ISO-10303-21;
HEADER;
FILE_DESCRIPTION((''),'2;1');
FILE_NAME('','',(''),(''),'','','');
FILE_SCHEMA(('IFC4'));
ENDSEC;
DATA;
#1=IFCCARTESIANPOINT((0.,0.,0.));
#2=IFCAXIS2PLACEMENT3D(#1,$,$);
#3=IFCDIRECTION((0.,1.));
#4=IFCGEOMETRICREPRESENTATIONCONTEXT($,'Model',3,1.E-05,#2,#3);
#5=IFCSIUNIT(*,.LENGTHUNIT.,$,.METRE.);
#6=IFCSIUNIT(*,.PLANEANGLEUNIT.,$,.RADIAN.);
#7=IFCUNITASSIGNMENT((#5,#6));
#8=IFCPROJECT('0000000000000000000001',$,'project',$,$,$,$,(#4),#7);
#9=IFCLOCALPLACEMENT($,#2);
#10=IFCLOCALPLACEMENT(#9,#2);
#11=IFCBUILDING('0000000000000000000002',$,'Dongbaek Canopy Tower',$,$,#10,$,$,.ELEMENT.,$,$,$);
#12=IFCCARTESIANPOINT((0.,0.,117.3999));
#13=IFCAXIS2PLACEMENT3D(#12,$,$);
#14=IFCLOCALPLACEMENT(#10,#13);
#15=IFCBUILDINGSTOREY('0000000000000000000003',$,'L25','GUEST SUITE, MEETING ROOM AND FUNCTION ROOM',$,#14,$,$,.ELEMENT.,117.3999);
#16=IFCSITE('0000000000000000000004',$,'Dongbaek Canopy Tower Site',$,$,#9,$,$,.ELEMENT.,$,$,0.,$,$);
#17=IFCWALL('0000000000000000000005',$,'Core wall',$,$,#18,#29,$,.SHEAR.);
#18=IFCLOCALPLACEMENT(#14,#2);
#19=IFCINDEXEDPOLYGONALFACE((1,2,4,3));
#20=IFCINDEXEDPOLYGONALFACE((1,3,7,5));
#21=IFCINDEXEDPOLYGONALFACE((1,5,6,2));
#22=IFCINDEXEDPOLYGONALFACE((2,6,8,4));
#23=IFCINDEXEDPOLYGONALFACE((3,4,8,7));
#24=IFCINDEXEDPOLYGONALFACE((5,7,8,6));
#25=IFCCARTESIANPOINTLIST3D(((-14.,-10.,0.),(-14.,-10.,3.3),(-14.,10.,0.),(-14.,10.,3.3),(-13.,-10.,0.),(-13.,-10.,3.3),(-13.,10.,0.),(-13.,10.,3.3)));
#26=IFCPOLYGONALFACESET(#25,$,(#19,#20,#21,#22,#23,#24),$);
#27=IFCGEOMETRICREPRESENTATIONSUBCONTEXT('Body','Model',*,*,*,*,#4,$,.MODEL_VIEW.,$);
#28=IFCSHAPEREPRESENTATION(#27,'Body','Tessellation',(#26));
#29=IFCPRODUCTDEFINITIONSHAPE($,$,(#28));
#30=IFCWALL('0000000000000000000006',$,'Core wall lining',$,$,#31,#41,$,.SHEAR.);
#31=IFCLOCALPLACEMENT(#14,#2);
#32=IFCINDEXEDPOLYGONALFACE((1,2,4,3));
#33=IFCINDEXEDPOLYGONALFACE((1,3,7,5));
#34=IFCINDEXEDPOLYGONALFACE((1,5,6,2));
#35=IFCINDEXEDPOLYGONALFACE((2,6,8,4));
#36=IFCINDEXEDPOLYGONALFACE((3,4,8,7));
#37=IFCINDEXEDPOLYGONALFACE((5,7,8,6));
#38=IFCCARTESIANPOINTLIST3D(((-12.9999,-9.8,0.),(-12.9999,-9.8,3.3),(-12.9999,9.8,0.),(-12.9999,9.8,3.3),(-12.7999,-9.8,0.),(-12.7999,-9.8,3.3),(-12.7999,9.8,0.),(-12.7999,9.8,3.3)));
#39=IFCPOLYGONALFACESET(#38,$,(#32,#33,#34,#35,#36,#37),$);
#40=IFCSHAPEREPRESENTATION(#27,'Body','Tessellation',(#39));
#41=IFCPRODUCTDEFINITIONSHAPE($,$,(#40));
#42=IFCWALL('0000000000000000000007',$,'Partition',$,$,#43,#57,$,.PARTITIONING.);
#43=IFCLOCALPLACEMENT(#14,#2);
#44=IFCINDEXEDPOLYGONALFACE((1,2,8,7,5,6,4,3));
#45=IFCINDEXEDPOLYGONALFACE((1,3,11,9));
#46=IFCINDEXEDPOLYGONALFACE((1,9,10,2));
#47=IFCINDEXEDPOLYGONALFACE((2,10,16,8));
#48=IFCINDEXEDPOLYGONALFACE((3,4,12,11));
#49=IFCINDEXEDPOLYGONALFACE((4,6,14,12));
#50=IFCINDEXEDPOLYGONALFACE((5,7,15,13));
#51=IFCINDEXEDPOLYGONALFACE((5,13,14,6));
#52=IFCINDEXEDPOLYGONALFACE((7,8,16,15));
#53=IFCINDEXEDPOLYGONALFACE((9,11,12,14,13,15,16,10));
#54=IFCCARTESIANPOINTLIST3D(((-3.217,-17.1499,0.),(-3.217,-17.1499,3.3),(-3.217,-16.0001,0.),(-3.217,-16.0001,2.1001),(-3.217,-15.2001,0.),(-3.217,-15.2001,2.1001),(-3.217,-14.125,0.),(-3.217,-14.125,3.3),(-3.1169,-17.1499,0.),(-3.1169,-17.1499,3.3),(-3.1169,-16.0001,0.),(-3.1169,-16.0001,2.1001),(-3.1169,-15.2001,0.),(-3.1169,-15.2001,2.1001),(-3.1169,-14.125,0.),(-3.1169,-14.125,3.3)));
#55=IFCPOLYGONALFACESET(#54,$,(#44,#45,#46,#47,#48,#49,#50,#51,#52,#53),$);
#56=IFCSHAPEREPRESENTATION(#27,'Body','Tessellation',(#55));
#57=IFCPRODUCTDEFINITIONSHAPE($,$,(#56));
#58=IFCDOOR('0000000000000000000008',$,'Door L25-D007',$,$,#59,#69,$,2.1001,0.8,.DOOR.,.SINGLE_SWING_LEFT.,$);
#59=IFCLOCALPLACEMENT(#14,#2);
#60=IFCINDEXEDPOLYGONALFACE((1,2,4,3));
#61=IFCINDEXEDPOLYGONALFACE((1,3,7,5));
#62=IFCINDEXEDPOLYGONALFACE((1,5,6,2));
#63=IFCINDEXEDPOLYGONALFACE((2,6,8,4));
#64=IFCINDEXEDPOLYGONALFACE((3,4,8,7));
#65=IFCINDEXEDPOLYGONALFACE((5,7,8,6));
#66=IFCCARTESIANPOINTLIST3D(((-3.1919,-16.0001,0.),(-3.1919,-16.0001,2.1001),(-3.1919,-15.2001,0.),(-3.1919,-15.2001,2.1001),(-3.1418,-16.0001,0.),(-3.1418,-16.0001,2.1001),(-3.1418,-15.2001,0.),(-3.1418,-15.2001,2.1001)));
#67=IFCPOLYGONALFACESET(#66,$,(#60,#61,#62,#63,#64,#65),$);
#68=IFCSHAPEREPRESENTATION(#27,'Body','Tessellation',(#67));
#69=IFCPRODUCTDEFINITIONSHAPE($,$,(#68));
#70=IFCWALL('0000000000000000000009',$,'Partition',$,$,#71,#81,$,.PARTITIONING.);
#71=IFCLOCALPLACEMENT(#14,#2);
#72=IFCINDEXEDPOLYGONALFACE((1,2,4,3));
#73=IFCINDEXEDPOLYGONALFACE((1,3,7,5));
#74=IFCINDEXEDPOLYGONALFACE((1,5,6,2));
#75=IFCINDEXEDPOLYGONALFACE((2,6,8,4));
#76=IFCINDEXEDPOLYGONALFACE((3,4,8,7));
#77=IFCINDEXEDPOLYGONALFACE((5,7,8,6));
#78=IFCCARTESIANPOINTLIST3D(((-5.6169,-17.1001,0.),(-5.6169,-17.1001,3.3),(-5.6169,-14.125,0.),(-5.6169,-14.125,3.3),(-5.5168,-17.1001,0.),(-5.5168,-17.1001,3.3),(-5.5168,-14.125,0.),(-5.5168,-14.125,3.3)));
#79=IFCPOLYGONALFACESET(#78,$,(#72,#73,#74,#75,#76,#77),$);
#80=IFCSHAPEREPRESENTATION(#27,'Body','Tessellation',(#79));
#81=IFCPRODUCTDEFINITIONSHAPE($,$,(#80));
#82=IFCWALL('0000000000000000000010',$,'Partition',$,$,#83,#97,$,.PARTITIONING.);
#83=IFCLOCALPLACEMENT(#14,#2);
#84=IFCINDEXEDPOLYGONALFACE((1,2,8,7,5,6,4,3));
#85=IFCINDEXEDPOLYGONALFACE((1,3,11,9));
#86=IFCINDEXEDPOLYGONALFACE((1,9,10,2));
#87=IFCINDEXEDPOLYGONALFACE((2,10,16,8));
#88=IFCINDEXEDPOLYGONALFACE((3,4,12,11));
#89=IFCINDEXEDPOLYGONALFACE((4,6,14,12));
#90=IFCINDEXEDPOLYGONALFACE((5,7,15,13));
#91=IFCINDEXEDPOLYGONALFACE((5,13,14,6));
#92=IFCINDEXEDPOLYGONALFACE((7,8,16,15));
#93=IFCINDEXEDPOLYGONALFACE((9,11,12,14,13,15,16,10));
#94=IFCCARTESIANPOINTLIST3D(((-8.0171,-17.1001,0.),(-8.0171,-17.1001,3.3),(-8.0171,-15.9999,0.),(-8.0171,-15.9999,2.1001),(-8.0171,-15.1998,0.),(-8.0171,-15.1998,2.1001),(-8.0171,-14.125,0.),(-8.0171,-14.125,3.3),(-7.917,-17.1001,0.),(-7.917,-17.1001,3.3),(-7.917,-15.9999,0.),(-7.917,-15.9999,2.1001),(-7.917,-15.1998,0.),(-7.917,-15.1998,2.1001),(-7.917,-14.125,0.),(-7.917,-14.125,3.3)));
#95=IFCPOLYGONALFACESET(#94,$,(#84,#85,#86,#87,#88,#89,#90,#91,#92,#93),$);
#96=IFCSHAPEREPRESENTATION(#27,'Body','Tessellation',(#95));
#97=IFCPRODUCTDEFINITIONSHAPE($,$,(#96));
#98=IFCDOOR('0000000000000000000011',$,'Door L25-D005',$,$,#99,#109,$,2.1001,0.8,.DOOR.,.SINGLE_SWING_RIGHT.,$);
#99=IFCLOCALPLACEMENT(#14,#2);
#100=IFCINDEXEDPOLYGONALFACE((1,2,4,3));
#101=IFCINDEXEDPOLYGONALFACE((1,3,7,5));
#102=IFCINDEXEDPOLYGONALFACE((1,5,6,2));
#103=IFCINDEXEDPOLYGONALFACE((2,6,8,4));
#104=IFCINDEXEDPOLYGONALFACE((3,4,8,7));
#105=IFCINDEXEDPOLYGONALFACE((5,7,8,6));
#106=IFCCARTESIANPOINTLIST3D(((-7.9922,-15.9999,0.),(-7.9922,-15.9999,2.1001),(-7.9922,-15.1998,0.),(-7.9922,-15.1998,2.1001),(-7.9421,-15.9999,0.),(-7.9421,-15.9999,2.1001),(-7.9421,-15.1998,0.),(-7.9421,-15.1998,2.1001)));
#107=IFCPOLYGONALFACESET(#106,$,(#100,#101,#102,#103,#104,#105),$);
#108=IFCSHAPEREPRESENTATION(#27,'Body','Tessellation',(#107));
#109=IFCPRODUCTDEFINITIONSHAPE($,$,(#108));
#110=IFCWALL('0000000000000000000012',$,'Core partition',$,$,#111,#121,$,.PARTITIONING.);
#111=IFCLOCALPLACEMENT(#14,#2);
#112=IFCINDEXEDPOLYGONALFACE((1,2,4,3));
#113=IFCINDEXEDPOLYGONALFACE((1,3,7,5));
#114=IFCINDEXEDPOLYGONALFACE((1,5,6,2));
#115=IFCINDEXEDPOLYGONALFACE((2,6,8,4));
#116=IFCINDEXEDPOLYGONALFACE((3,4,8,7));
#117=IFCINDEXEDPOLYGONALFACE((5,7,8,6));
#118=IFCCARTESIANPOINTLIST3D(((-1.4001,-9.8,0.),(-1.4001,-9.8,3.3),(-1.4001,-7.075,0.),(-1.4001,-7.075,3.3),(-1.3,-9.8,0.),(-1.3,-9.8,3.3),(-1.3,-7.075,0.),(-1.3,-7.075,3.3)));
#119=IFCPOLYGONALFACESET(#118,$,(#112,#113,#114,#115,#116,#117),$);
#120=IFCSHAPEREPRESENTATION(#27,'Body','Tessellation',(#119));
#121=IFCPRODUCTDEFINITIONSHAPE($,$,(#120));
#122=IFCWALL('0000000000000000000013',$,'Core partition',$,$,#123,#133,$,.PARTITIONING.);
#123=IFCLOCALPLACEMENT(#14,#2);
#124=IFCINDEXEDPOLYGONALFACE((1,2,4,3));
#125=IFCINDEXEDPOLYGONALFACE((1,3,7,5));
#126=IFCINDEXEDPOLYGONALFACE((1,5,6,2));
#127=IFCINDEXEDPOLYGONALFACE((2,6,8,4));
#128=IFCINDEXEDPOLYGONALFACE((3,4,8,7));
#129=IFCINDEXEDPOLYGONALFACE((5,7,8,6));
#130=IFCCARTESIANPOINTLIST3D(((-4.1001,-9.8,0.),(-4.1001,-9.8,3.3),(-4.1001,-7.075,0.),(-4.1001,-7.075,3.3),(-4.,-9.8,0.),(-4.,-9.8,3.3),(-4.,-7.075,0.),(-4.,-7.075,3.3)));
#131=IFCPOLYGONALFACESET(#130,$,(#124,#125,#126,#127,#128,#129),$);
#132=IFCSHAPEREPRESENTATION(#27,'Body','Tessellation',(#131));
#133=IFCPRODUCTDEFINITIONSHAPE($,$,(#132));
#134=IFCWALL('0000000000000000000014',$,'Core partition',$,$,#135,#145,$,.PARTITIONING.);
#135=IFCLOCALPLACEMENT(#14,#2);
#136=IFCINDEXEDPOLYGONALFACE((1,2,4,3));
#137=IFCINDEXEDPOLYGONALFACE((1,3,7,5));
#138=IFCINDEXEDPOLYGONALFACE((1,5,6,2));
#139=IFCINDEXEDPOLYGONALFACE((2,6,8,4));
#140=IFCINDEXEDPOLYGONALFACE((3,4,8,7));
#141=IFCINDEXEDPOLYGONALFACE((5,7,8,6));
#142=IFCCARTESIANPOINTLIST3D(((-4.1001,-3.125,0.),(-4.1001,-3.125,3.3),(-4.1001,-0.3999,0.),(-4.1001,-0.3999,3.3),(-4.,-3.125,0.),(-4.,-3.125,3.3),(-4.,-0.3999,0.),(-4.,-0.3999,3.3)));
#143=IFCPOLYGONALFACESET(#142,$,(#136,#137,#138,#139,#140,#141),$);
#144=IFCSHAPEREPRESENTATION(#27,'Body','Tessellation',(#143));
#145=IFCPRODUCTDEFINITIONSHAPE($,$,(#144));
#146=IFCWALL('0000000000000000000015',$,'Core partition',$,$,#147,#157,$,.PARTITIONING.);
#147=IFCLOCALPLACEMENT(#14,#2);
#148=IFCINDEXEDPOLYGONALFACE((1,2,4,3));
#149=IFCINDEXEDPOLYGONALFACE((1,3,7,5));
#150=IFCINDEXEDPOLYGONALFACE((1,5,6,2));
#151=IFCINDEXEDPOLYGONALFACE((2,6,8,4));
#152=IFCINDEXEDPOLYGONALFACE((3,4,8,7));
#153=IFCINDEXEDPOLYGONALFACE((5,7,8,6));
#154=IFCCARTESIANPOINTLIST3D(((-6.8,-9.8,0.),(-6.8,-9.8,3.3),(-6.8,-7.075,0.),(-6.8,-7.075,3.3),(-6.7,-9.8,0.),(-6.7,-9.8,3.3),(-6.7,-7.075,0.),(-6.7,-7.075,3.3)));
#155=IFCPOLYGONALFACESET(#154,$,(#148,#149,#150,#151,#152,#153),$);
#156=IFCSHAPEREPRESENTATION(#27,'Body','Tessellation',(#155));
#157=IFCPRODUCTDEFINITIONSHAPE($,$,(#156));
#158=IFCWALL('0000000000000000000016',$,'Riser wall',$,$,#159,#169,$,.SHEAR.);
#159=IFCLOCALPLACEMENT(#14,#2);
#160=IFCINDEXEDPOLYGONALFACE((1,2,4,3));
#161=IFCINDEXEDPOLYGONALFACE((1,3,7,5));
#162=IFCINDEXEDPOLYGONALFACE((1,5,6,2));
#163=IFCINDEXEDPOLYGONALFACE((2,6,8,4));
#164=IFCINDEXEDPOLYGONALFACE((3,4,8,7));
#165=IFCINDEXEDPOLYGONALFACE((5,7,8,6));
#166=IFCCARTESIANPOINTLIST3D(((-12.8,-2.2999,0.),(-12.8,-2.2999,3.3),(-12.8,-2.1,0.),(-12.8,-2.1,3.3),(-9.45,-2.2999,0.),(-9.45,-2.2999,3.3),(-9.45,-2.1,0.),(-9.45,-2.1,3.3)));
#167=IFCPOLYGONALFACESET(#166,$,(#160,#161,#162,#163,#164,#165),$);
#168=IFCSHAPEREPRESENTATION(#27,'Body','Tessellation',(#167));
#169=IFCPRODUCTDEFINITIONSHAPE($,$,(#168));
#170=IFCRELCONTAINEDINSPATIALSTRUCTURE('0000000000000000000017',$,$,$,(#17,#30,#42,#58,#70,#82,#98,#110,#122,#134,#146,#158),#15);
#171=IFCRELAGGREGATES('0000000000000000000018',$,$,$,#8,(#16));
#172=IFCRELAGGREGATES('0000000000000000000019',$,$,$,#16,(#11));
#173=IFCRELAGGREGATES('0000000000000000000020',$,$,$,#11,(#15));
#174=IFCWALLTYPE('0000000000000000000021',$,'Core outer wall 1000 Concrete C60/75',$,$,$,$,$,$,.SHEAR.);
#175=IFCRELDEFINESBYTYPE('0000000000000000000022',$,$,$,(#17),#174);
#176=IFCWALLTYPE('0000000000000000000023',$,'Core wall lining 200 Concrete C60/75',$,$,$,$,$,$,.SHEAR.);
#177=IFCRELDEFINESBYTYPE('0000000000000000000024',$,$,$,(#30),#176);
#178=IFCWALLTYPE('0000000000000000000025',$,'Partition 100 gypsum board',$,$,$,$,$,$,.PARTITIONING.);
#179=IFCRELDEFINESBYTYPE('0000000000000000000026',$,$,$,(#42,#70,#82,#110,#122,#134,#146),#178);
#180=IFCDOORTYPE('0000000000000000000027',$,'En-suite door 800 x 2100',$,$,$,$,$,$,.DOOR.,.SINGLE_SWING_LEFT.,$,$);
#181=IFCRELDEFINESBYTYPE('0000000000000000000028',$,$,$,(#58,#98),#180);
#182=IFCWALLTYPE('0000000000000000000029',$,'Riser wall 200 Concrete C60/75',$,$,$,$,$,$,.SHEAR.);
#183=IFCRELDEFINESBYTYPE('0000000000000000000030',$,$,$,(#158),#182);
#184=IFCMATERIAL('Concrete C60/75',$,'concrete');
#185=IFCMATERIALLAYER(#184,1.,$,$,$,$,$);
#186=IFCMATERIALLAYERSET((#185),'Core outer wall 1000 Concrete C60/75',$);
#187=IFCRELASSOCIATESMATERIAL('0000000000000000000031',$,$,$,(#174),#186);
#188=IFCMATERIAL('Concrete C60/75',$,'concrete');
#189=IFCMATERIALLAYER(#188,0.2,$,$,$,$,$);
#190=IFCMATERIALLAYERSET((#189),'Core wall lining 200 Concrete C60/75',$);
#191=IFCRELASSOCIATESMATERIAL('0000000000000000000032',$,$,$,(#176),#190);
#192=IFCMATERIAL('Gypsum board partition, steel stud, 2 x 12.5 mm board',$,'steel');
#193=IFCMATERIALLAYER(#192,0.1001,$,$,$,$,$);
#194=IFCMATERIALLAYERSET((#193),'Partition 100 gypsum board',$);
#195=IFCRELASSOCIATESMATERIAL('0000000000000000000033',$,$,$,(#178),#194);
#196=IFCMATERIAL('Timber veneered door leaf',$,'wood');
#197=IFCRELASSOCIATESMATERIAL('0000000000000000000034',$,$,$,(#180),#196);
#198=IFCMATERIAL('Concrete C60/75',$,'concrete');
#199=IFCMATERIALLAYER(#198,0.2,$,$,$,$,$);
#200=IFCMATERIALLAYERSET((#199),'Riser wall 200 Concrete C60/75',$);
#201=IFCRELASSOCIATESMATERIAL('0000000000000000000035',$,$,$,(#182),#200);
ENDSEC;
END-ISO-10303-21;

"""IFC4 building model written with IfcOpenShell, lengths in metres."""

from ifc_helpers import new_model, si_unit, direction, frame, frame_2d, origin, place, context, subcontext, project, spatial, rectangle, extrude, material, layer, layer_set, type_object, element, fill, save


model = new_model("IFC4")

# Units and contexts
model_context = context("Model", 3, precision=1e-05, world=origin(), true_north=direction((0.0, 1.0)))
body_context = subcontext(model_context, "Body", "Model", "MODEL_VIEW")
ifc_project = project(units=[si_unit("LENGTHUNIT", "METRE"), si_unit("PLANEANGLEUNIT", "RADIAN")], contexts=[model_context])

# Site, building, storey
site_placement = place(None, origin())
site = spatial("IfcSite", under=ifc_project, at=site_placement, Name="Dongbaek Canopy Tower Site", CompositionType="ELEMENT", RefElevation=0.0)
building_placement = place(site_placement, origin())
building = spatial("IfcBuilding", under=site, at=building_placement, Name="Dongbaek Canopy Tower", CompositionType="ELEMENT")
storey_placement = place(building_placement, frame((0.0, 0.0, 117.3999)))
storey = spatial("IfcBuildingStorey", under=building, at=storey_placement, Name="L25", Description="GUEST SUITE, MEETING ROOM AND FUNCTION ROOM", CompositionType="ELEMENT", Elevation=117.3999)

# Walls
ifc_material_1 = material(Name="Concrete C60/75", Category="concrete")
ifc_layer_1 = layer(ifc_material_1, 1.0)
ifc_layer_set_1 = layer_set([ifc_layer_1], Name="Core outer wall 1000 Concrete C60/75")
wall_type_1 = type_object("IfcWallType", Name="Core outer wall 1000 Concrete C60/75", PredefinedType="SHEAR", material=ifc_layer_set_1)
wall_1_placement = place(storey_placement, frame((-13.5, -10.0, 0.0), z_axis=(0.0, 0.0, 1.0), x_axis=(0.0, 1.0, 0.0)))
element("IfcWall", 1, at=wall_1_placement, inside=storey, type_object=wall_type_1, Name="Core wall", PredefinedType="SHEAR", context=body_context, shape_type="SweptSolid", body=[
    extrude(rectangle(XDim=20.0, YDim=1.0, at=frame_2d((10.0, 0.0))), origin(), (0.0, 0.0, 1.0), 3.3),
])
ifc_material_2 = material(Name="Concrete C60/75", Category="concrete")
ifc_layer_2 = layer(ifc_material_2, 0.2)
ifc_layer_set_2 = layer_set([ifc_layer_2], Name="Core wall lining 200 Concrete C60/75")
wall_type_2 = type_object("IfcWallType", Name="Core wall lining 200 Concrete C60/75", PredefinedType="SHEAR", material=ifc_layer_set_2)
wall_2_placement = place(storey_placement, frame((-12.8999, -9.8, 0.0), z_axis=(0.0, 0.0, 1.0), x_axis=(0.0, 1.0, 0.0)))
element("IfcWall", 2, at=wall_2_placement, inside=storey, type_object=wall_type_2, Name="Core wall lining", PredefinedType="SHEAR", context=body_context, shape_type="SweptSolid", body=[
    extrude(rectangle(XDim=19.6001, YDim=0.2, at=frame_2d((9.8, 0.0))), origin(), (0.0, 0.0, 1.0), 3.3),
])

# Wall, opening, door
ifc_material_3 = material(Name="Gypsum board partition, steel stud, 2 x 12.5 mm board", Category="steel")
ifc_layer_3 = layer(ifc_material_3, 0.1001)
ifc_layer_set_3 = layer_set([ifc_layer_3], Name="Partition 100 gypsum board")
wall_type_3 = type_object("IfcWallType", Name="Partition 100 gypsum board", PredefinedType="PARTITIONING", material=ifc_layer_set_3)
wall_3_placement = place(storey_placement, frame((-3.167, -17.1499, 0.0), z_axis=(0.0, 0.0, 1.0), x_axis=(0.0, 1.0, 0.0)))
wall_3 = element("IfcWall", 3, at=wall_3_placement, inside=storey, type_object=wall_type_3, Name="Partition", PredefinedType="PARTITIONING", context=body_context, shape_type="SweptSolid", body=[
    extrude(rectangle(XDim=3.0249, YDim=0.1001, at=frame_2d((1.5125, 0.0))), origin(), (0.0, 0.0, 1.0), 3.3),
])
opening_1_placement = place(wall_3_placement, frame((1.1499, 0.0, 0.0)))
opening_1 = element("IfcOpeningElement", 4, at=opening_1_placement, cuts=wall_3, PredefinedType="OPENING", context=body_context, shape_type="SweptSolid", body=[
    extrude(rectangle(XDim=0.8, YDim=2.1001, at=frame_2d((0.3999, 1.05))), frame((0.0, 0.0601, 0.0), z_axis=(0.0, -1.0, 0.0), x_axis=(1.0, 0.0, 0.0)), (0.0, 0.0, 1.0), 0.1201),
])
ifc_material_4 = material(Name="Timber veneered door leaf", Category="wood")
door_type_1 = type_object("IfcDoorType", Name="En-suite door 800 x 2100", OperationType="SINGLE_SWING_LEFT", PredefinedType="DOOR", material=ifc_material_4)
door_1_placement = place(opening_1_placement, origin())
door_1 = element("IfcDoor", 5, at=door_1_placement, inside=storey, type_object=door_type_1, Name="Door L25-D007", OperationType="SINGLE_SWING_LEFT", OverallHeight=2.1001, OverallWidth=0.8, PredefinedType="DOOR", context=body_context, shape_type="SweptSolid", body=[
    extrude(rectangle(XDim=0.8, YDim=2.1001, at=frame_2d((0.3999, 1.05))), frame((0.0, 0.0249, 0.0), z_axis=(0.0, -1.0, 0.0), x_axis=(1.0, 0.0, 0.0)), (0.0, 0.0, 1.0), 0.05),
])
fill(opening_1, door_1)

# Wall
wall_4_placement = place(storey_placement, frame((-5.5669, -17.1001, 0.0), z_axis=(0.0, 0.0, 1.0), x_axis=(0.0, 1.0, 0.0)))
element("IfcWall", 6, at=wall_4_placement, inside=storey, type_object=wall_type_3, Name="Partition", PredefinedType="PARTITIONING", context=body_context, shape_type="SweptSolid", body=[
    extrude(rectangle(XDim=2.9751, YDim=0.1001, at=frame_2d((1.4875, 0.0))), origin(), (0.0, 0.0, 1.0), 3.3),
])

# Wall, opening, door
wall_5_placement = place(storey_placement, frame((-7.967, -14.125, 0.0), z_axis=(0.0, 0.0, 1.0), x_axis=(0.0, -1.0, 0.0)))
wall_5 = element("IfcWall", 7, at=wall_5_placement, inside=storey, type_object=wall_type_3, Name="Partition", PredefinedType="PARTITIONING", context=body_context, shape_type="SweptSolid", body=[
    extrude(rectangle(XDim=2.9751, YDim=0.1001, at=frame_2d((1.4875, 0.0))), origin(), (0.0, 0.0, 1.0), 3.3),
])
opening_2_placement = place(wall_5_placement, frame((1.075, 0.0, 0.0)))
opening_2 = element("IfcOpeningElement", 8, at=opening_2_placement, cuts=wall_5, PredefinedType="OPENING", context=body_context, shape_type="SweptSolid", body=[
    extrude(rectangle(XDim=0.8, YDim=2.1001, at=frame_2d((0.3999, 1.05))), frame((0.0, 0.0601, 0.0), z_axis=(0.0, -1.0, 0.0), x_axis=(1.0, 0.0, 0.0)), (0.0, 0.0, 1.0), 0.1201),
])
door_2_placement = place(opening_2_placement, origin())
door_2 = element("IfcDoor", 9, at=door_2_placement, inside=storey, type_object=door_type_1, Name="Door L25-D005", OperationType="SINGLE_SWING_RIGHT", OverallHeight=2.1001, OverallWidth=0.8, PredefinedType="DOOR", context=body_context, shape_type="SweptSolid", body=[
    extrude(rectangle(XDim=0.8, YDim=2.1001, at=frame_2d((0.3999, 1.05))), frame((0.0, 0.0249, 0.0), z_axis=(0.0, -1.0, 0.0), x_axis=(1.0, 0.0, 0.0)), (0.0, 0.0, 1.0), 0.05),
])
fill(opening_2, door_2)

# Walls
for number, where, z_axis, x_axis, name in (
    (10, (-1.3501, -9.8, 0.0), (0.0, 0.0, 1.0), (0.0, 1.0, 0.0), "Core partition"),
    (11, (-4.05, -9.8, 0.0), (0.0, 0.0, 1.0), (0.0, 1.0, 0.0), "Core partition"),
    (12, (-4.05, -3.125, 0.0), (0.0, 0.0, 1.0), (0.0, 1.0, 0.0), "Core partition"),
    (13, (-6.75, -9.8, 0.0), (0.0, 0.0, 1.0), (0.0, 1.0, 0.0), "Core partition"),
):
    element("IfcWall", number, at=place(storey_placement, frame(where, z_axis=z_axis, x_axis=x_axis)), inside=storey, type_object=wall_type_3, Name=name, PredefinedType="PARTITIONING", context=body_context, shape_type="SweptSolid", body=[
        extrude(rectangle(XDim=2.7251, YDim=0.1001, at=frame_2d((1.3625, 0.0))), origin(), (0.0, 0.0, 1.0), 3.3),
    ])
ifc_material_5 = material(Name="Concrete C60/75", Category="concrete")
ifc_layer_4 = layer(ifc_material_5, 0.2)
ifc_layer_set_4 = layer_set([ifc_layer_4], Name="Riser wall 200 Concrete C60/75")
wall_type_4 = type_object("IfcWallType", Name="Riser wall 200 Concrete C60/75", PredefinedType="SHEAR", material=ifc_layer_set_4)
wall_6_placement = place(storey_placement, frame((-9.45, -2.2, 0.0), z_axis=(0.0, 0.0, 1.0), x_axis=(-1.0, 0.0, 0.0)))
element("IfcWall", 14, at=wall_6_placement, inside=storey, type_object=wall_type_4, Name="Riser wall", PredefinedType="SHEAR", context=body_context, shape_type="SweptSolid", body=[
    extrude(rectangle(XDim=3.3501, YDim=0.2, at=frame_2d((1.675, 0.0))), origin(), (0.0, 0.0, 1.0), 3.3),
])

save(model, "model.ifc")
